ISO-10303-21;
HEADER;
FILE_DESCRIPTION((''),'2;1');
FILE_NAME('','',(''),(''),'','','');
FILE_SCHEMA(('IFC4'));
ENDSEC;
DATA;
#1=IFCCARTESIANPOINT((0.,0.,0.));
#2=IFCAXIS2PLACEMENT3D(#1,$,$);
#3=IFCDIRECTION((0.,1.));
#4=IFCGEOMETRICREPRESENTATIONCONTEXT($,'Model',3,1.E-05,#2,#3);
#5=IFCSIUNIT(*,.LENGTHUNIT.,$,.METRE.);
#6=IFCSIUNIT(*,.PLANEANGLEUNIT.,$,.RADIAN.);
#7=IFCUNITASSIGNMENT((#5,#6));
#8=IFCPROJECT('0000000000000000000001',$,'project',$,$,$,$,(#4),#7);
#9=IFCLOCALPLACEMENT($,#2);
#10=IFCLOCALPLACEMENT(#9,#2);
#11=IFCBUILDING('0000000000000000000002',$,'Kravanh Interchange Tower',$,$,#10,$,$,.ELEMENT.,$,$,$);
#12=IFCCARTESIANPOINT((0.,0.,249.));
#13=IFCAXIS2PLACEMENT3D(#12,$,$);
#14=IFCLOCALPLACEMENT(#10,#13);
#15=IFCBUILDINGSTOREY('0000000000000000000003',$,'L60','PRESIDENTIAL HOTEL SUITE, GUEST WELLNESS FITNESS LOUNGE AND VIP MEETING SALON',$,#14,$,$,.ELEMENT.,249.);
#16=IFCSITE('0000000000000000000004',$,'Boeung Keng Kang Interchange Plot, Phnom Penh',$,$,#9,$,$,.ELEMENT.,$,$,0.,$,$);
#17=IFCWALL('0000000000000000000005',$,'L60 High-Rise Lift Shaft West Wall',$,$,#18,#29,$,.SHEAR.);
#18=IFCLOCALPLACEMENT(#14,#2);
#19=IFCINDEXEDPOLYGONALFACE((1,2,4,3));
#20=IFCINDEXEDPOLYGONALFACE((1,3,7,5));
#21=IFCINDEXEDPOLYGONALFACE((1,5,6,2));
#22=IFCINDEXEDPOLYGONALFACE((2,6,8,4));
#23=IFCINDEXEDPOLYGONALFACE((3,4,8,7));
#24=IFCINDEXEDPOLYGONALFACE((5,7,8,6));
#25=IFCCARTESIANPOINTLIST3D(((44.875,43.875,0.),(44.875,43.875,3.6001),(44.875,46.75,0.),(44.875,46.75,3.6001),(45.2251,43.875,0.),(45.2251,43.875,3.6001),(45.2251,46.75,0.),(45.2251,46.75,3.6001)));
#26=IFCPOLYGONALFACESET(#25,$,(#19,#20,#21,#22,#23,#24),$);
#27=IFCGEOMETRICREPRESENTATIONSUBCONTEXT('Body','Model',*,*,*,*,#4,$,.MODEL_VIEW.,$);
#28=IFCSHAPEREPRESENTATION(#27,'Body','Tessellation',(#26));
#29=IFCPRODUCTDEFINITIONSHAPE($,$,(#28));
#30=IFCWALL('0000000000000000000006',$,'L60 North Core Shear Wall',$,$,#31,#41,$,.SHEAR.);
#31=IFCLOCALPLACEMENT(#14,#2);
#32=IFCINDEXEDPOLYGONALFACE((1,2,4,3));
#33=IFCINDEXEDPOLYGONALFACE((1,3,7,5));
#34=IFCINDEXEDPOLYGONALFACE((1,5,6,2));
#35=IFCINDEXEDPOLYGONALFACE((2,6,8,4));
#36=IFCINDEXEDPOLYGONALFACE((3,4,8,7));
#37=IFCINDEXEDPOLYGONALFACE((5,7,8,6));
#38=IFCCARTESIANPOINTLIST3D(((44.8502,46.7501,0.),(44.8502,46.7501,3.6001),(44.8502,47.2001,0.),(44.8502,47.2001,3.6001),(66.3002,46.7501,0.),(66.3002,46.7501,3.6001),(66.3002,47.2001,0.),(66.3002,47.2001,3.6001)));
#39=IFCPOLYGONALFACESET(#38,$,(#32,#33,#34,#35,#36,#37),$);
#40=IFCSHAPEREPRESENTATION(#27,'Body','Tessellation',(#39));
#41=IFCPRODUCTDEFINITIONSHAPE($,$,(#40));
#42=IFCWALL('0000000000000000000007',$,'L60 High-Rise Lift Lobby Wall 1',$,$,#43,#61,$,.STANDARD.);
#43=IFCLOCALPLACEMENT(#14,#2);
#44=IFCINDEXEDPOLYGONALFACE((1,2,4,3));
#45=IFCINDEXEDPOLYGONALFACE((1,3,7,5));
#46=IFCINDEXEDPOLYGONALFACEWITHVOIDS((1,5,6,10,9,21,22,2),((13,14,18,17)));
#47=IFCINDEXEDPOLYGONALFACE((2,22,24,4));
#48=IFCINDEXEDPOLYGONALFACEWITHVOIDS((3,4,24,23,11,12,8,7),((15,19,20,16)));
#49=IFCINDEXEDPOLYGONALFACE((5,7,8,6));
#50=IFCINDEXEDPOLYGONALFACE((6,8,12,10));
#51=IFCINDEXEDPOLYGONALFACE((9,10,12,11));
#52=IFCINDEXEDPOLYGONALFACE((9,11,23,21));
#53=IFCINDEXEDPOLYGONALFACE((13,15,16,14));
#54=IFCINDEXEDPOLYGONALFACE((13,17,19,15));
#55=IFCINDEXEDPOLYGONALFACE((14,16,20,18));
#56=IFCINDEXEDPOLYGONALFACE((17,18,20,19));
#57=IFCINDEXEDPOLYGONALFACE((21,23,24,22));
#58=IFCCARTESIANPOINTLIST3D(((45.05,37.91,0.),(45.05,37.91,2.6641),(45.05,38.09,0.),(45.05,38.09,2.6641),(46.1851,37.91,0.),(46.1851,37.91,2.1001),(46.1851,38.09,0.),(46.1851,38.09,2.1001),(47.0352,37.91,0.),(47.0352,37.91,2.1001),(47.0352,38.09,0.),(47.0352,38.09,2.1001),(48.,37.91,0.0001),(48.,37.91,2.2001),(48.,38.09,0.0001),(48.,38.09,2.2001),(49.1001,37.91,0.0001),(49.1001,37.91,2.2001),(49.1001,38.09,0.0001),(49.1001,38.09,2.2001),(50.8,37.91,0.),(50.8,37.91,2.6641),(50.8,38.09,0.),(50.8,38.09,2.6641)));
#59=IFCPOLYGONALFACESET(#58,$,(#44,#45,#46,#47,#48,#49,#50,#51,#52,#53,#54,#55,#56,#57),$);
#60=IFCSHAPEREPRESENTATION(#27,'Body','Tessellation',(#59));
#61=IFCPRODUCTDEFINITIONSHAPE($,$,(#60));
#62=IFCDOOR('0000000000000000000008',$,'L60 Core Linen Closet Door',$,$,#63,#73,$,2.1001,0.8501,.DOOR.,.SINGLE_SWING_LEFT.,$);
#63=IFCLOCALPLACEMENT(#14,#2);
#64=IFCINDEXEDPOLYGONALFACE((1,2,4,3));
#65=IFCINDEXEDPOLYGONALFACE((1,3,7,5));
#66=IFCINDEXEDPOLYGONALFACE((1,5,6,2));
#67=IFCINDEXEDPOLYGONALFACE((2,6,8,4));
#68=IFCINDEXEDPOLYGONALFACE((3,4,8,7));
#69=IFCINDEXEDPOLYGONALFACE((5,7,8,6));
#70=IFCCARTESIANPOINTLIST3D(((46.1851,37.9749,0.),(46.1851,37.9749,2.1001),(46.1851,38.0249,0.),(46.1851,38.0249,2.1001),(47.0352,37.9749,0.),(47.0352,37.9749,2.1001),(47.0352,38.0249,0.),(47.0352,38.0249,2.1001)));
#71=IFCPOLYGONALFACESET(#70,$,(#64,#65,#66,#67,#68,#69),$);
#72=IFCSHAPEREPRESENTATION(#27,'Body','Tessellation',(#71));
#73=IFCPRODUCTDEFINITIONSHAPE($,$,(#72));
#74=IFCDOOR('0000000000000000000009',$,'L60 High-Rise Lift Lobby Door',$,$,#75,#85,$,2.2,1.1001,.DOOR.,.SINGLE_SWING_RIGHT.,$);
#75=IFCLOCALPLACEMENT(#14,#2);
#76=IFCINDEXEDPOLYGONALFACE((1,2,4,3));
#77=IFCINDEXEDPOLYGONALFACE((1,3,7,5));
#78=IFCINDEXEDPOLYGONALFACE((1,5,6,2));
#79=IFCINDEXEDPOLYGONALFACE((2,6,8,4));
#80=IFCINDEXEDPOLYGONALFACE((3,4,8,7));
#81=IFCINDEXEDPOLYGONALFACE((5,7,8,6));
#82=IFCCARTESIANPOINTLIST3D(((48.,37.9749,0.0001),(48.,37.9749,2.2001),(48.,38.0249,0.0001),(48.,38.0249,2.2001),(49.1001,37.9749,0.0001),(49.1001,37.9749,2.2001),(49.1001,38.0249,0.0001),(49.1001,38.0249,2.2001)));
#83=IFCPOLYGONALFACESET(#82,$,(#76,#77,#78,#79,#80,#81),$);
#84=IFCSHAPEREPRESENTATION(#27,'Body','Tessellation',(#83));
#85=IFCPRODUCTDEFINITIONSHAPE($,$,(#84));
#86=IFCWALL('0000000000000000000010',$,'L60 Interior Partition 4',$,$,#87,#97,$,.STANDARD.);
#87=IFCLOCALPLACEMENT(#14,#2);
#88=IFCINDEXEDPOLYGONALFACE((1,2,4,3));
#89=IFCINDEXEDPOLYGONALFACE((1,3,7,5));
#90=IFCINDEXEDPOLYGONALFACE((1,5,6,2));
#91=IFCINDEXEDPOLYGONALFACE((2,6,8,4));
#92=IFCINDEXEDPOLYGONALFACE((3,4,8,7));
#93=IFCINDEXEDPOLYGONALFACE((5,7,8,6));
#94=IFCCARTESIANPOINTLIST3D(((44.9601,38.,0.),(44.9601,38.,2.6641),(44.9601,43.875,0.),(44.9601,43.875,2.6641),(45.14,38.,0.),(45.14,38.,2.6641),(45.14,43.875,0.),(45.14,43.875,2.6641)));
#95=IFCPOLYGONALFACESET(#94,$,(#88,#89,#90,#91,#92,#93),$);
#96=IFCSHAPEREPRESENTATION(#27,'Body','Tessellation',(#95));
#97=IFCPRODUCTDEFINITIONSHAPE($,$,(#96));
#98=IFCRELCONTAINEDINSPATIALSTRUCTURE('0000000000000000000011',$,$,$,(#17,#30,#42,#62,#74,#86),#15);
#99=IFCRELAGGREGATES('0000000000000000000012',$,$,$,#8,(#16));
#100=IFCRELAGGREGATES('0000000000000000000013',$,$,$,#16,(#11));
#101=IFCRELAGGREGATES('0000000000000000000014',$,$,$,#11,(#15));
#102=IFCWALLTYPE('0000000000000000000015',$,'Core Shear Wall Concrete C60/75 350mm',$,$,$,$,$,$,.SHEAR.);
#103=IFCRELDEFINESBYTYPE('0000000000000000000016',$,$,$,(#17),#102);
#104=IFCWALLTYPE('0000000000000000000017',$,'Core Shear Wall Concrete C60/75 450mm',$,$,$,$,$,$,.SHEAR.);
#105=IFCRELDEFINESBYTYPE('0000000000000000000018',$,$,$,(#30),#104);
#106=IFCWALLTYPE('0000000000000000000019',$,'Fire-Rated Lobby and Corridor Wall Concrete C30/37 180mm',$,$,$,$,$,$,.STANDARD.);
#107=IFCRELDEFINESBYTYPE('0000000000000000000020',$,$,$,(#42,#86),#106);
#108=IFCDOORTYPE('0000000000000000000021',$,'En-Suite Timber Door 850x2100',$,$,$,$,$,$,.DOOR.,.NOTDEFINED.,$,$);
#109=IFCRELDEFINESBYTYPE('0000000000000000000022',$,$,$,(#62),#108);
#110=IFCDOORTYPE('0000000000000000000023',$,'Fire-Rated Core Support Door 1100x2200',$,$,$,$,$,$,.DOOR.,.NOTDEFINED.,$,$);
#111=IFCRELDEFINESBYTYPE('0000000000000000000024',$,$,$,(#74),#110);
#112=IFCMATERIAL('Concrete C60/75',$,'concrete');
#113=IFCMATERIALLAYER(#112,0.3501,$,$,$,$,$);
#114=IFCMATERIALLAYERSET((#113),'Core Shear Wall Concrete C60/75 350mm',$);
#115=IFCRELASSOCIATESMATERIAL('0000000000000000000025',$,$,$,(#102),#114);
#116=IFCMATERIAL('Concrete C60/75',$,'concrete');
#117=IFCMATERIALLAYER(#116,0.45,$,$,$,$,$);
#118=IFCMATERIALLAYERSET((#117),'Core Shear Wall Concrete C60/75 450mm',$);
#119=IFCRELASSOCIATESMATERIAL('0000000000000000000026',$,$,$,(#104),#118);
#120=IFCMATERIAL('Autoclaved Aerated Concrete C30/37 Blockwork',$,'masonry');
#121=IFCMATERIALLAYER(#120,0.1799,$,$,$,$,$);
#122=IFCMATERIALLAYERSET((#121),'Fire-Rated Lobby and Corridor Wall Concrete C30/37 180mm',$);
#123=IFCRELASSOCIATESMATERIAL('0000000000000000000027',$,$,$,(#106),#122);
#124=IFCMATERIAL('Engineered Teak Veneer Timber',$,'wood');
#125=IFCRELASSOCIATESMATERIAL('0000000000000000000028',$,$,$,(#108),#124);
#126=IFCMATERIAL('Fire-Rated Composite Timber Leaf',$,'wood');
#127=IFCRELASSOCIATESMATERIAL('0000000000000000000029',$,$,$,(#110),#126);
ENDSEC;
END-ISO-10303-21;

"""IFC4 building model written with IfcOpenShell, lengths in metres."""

from ifc_helpers import new_model, si_unit, direction, frame, frame_2d, origin, place, context, subcontext, project, spatial, rectangle, extrude, material, layer, layer_set, type_object, element, fill, save


model = new_model("IFC4")

# Units and contexts
model_context = context("Model", 3, precision=1e-05, world=origin(), true_north=direction((0.0, 1.0)))
body_context = subcontext(model_context, "Body", "Model", "MODEL_VIEW")
ifc_project = project(units=[si_unit("LENGTHUNIT", "METRE"), si_unit("PLANEANGLEUNIT", "RADIAN")], contexts=[model_context])

# Site, building, storey
site_placement = place(None, origin())
site = spatial("IfcSite", under=ifc_project, at=site_placement, Name="Boeung Keng Kang Interchange Plot, Phnom Penh", CompositionType="ELEMENT", RefElevation=0.0)
building_placement = place(site_placement, origin())
building = spatial("IfcBuilding", under=site, at=building_placement, Name="Kravanh Interchange Tower", CompositionType="ELEMENT")
storey_placement = place(building_placement, frame((0.0, 0.0, 249.0)))
storey = spatial("IfcBuildingStorey", under=building, at=storey_placement, Name="L60", Description="PRESIDENTIAL HOTEL SUITE, GUEST WELLNESS FITNESS LOUNGE AND VIP MEETING SALON", CompositionType="ELEMENT", Elevation=249.0)

# Shared definitions
ifc_material_1 = material(Name="Concrete C60/75", Category="concrete")
ifc_layer_1 = layer(ifc_material_1, 0.3501)
ifc_layer_set_1 = layer_set([ifc_layer_1], Name="Core Shear Wall Concrete C60/75 350mm")
wall_type_1 = type_object("IfcWallType", Name="Core Shear Wall Concrete C60/75 350mm", PredefinedType="SHEAR", material=ifc_layer_set_1)

# Walls
wall_1_placement = place(storey_placement, frame((45.05, 43.875, 0.0), z_axis=(0.0, 0.0, 1.0), x_axis=(0.0, 1.0, 0.0)))
element("IfcWall", 1, at=wall_1_placement, inside=storey, type_object=wall_type_1, Name="L60 High-Rise Lift Shaft West Wall", PredefinedType="SHEAR", context=body_context, shape_type="SweptSolid", body=[
    extrude(rectangle(XDim=2.875, YDim=0.3501, at=frame_2d((1.4375, 0.0))), origin(), (0.0, 0.0, 1.0), 3.6001),
])
ifc_material_2 = material(Name="Concrete C60/75", Category="concrete")
ifc_layer_2 = layer(ifc_material_2, 0.45)
ifc_layer_set_2 = layer_set([ifc_layer_2], Name="Core Shear Wall Concrete C60/75 450mm")
wall_type_2 = type_object("IfcWallType", Name="Core Shear Wall Concrete C60/75 450mm", PredefinedType="SHEAR", material=ifc_layer_set_2)
wall_2_placement = place(storey_placement, frame((44.8501, 46.9751, 0.0), z_axis=(0.0, 0.0, 1.0), x_axis=(1.0, 0.0, 0.0)))
element("IfcWall", 2, at=wall_2_placement, inside=storey, type_object=wall_type_2, Name="L60 North Core Shear Wall", PredefinedType="SHEAR", context=body_context, shape_type="SweptSolid", body=[
    extrude(rectangle(XDim=21.45, YDim=0.45, at=frame_2d((10.7251, 0.0))), origin(), (0.0, 0.0, 1.0), 3.6001),
])

# Wall, openings, doors
ifc_material_3 = material(Name="Autoclaved Aerated Concrete C30/37 Blockwork", Category="masonry")
ifc_layer_3 = layer(ifc_material_3, 0.1799)
ifc_layer_set_3 = layer_set([ifc_layer_3], Name="Fire-Rated Lobby and Corridor Wall Concrete C30/37 180mm")
wall_type_3 = type_object("IfcWallType", Name="Fire-Rated Lobby and Corridor Wall Concrete C30/37 180mm", PredefinedType="STANDARD", material=ifc_layer_set_3)
wall_3_placement = place(storey_placement, frame((45.05, 38.0, 0.0), z_axis=(0.0, 0.0, 1.0), x_axis=(1.0, 0.0, 0.0)))
wall_3 = element("IfcWall", 3, at=wall_3_placement, inside=storey, type_object=wall_type_3, Name="L60 High-Rise Lift Lobby Wall 1", PredefinedType="STANDARD", context=body_context, shape_type="SweptSolid", body=[
    extrude(rectangle(XDim=5.75, YDim=0.1799, at=frame_2d((2.875, 0.0))), origin(), (0.0, 0.0, 1.0), 2.6641),
])
opening_1_placement = place(wall_3_placement, frame((1.135, 0.0, 0.0)))
opening_1 = element("IfcOpeningElement", 4, at=opening_1_placement, cuts=wall_3, PredefinedType="OPENING", context=body_context, shape_type="SweptSolid", body=[
    extrude(rectangle(XDim=0.8501, YDim=2.1001, at=frame_2d((0.425, 1.05))), frame((0.0, 0.1001, 0.0), z_axis=(0.0, -1.0, 0.0), x_axis=(1.0, 0.0, 0.0)), (0.0, 0.0, 1.0), 0.2),
])
opening_2_placement = place(wall_3_placement, frame((2.95, 0.0, 0.0)))
opening_2 = element("IfcOpeningElement", 5, at=opening_2_placement, cuts=wall_3, PredefinedType="OPENING", context=body_context, shape_type="SweptSolid", body=[
    extrude(rectangle(XDim=1.1001, YDim=2.2, at=frame_2d((0.55, 1.1001))), frame((0.0, 0.1001, 0.0), z_axis=(0.0, -1.0, 0.0), x_axis=(1.0, 0.0, 0.0)), (0.0, 0.0, 1.0), 0.2),
])
ifc_material_4 = material(Name="Engineered Teak Veneer Timber", Category="wood")
door_type_1 = type_object("IfcDoorType", Name="En-Suite Timber Door 850x2100", OperationType="NOTDEFINED", PredefinedType="DOOR", material=ifc_material_4)
door_1_placement = place(opening_1_placement, origin())
door_1 = element("IfcDoor", 6, at=door_1_placement, inside=storey, type_object=door_type_1, Name="L60 Core Linen Closet Door", OperationType="SINGLE_SWING_LEFT", OverallHeight=2.1001, OverallWidth=0.8501, PredefinedType="DOOR", context=body_context, shape_type="SweptSolid", body=[
    extrude(rectangle(XDim=0.8501, YDim=2.1001, at=frame_2d((0.425, 1.05))), frame((0.0, 0.0249, 0.0), z_axis=(0.0, -1.0, 0.0), x_axis=(1.0, 0.0, 0.0)), (0.0, 0.0, 1.0), 0.05),
])
fill(opening_1, door_1)
ifc_material_5 = material(Name="Fire-Rated Composite Timber Leaf", Category="wood")
door_type_2 = type_object("IfcDoorType", Name="Fire-Rated Core Support Door 1100x2200", OperationType="NOTDEFINED", PredefinedType="DOOR", material=ifc_material_5)
door_2_placement = place(opening_2_placement, origin())
door_2 = element("IfcDoor", 7, at=door_2_placement, inside=storey, type_object=door_type_2, Name="L60 High-Rise Lift Lobby Door", OperationType="SINGLE_SWING_RIGHT", OverallHeight=2.2, OverallWidth=1.1001, PredefinedType="DOOR", context=body_context, shape_type="SweptSolid", body=[
    extrude(rectangle(XDim=1.1001, YDim=2.2, at=frame_2d((0.55, 1.1001))), frame((0.0, 0.0249, 0.0), z_axis=(0.0, -1.0, 0.0), x_axis=(1.0, 0.0, 0.0)), (0.0, 0.0, 1.0), 0.05),
])
fill(opening_2, door_2)

# Wall
wall_4_placement = place(storey_placement, frame((45.05, 38.0, 0.0), z_axis=(0.0, 0.0, 1.0), x_axis=(0.0, 1.0, 0.0)))
element("IfcWall", 8, at=wall_4_placement, inside=storey, type_object=wall_type_3, Name="L60 Interior Partition 4", PredefinedType="STANDARD", context=body_context, shape_type="SweptSolid", body=[
    extrude(rectangle(XDim=5.875, YDim=0.1799, at=frame_2d((2.9375, 0.0))), origin(), (0.0, 0.0, 1.0), 2.6641),
])

save(model, "model.ifc")
